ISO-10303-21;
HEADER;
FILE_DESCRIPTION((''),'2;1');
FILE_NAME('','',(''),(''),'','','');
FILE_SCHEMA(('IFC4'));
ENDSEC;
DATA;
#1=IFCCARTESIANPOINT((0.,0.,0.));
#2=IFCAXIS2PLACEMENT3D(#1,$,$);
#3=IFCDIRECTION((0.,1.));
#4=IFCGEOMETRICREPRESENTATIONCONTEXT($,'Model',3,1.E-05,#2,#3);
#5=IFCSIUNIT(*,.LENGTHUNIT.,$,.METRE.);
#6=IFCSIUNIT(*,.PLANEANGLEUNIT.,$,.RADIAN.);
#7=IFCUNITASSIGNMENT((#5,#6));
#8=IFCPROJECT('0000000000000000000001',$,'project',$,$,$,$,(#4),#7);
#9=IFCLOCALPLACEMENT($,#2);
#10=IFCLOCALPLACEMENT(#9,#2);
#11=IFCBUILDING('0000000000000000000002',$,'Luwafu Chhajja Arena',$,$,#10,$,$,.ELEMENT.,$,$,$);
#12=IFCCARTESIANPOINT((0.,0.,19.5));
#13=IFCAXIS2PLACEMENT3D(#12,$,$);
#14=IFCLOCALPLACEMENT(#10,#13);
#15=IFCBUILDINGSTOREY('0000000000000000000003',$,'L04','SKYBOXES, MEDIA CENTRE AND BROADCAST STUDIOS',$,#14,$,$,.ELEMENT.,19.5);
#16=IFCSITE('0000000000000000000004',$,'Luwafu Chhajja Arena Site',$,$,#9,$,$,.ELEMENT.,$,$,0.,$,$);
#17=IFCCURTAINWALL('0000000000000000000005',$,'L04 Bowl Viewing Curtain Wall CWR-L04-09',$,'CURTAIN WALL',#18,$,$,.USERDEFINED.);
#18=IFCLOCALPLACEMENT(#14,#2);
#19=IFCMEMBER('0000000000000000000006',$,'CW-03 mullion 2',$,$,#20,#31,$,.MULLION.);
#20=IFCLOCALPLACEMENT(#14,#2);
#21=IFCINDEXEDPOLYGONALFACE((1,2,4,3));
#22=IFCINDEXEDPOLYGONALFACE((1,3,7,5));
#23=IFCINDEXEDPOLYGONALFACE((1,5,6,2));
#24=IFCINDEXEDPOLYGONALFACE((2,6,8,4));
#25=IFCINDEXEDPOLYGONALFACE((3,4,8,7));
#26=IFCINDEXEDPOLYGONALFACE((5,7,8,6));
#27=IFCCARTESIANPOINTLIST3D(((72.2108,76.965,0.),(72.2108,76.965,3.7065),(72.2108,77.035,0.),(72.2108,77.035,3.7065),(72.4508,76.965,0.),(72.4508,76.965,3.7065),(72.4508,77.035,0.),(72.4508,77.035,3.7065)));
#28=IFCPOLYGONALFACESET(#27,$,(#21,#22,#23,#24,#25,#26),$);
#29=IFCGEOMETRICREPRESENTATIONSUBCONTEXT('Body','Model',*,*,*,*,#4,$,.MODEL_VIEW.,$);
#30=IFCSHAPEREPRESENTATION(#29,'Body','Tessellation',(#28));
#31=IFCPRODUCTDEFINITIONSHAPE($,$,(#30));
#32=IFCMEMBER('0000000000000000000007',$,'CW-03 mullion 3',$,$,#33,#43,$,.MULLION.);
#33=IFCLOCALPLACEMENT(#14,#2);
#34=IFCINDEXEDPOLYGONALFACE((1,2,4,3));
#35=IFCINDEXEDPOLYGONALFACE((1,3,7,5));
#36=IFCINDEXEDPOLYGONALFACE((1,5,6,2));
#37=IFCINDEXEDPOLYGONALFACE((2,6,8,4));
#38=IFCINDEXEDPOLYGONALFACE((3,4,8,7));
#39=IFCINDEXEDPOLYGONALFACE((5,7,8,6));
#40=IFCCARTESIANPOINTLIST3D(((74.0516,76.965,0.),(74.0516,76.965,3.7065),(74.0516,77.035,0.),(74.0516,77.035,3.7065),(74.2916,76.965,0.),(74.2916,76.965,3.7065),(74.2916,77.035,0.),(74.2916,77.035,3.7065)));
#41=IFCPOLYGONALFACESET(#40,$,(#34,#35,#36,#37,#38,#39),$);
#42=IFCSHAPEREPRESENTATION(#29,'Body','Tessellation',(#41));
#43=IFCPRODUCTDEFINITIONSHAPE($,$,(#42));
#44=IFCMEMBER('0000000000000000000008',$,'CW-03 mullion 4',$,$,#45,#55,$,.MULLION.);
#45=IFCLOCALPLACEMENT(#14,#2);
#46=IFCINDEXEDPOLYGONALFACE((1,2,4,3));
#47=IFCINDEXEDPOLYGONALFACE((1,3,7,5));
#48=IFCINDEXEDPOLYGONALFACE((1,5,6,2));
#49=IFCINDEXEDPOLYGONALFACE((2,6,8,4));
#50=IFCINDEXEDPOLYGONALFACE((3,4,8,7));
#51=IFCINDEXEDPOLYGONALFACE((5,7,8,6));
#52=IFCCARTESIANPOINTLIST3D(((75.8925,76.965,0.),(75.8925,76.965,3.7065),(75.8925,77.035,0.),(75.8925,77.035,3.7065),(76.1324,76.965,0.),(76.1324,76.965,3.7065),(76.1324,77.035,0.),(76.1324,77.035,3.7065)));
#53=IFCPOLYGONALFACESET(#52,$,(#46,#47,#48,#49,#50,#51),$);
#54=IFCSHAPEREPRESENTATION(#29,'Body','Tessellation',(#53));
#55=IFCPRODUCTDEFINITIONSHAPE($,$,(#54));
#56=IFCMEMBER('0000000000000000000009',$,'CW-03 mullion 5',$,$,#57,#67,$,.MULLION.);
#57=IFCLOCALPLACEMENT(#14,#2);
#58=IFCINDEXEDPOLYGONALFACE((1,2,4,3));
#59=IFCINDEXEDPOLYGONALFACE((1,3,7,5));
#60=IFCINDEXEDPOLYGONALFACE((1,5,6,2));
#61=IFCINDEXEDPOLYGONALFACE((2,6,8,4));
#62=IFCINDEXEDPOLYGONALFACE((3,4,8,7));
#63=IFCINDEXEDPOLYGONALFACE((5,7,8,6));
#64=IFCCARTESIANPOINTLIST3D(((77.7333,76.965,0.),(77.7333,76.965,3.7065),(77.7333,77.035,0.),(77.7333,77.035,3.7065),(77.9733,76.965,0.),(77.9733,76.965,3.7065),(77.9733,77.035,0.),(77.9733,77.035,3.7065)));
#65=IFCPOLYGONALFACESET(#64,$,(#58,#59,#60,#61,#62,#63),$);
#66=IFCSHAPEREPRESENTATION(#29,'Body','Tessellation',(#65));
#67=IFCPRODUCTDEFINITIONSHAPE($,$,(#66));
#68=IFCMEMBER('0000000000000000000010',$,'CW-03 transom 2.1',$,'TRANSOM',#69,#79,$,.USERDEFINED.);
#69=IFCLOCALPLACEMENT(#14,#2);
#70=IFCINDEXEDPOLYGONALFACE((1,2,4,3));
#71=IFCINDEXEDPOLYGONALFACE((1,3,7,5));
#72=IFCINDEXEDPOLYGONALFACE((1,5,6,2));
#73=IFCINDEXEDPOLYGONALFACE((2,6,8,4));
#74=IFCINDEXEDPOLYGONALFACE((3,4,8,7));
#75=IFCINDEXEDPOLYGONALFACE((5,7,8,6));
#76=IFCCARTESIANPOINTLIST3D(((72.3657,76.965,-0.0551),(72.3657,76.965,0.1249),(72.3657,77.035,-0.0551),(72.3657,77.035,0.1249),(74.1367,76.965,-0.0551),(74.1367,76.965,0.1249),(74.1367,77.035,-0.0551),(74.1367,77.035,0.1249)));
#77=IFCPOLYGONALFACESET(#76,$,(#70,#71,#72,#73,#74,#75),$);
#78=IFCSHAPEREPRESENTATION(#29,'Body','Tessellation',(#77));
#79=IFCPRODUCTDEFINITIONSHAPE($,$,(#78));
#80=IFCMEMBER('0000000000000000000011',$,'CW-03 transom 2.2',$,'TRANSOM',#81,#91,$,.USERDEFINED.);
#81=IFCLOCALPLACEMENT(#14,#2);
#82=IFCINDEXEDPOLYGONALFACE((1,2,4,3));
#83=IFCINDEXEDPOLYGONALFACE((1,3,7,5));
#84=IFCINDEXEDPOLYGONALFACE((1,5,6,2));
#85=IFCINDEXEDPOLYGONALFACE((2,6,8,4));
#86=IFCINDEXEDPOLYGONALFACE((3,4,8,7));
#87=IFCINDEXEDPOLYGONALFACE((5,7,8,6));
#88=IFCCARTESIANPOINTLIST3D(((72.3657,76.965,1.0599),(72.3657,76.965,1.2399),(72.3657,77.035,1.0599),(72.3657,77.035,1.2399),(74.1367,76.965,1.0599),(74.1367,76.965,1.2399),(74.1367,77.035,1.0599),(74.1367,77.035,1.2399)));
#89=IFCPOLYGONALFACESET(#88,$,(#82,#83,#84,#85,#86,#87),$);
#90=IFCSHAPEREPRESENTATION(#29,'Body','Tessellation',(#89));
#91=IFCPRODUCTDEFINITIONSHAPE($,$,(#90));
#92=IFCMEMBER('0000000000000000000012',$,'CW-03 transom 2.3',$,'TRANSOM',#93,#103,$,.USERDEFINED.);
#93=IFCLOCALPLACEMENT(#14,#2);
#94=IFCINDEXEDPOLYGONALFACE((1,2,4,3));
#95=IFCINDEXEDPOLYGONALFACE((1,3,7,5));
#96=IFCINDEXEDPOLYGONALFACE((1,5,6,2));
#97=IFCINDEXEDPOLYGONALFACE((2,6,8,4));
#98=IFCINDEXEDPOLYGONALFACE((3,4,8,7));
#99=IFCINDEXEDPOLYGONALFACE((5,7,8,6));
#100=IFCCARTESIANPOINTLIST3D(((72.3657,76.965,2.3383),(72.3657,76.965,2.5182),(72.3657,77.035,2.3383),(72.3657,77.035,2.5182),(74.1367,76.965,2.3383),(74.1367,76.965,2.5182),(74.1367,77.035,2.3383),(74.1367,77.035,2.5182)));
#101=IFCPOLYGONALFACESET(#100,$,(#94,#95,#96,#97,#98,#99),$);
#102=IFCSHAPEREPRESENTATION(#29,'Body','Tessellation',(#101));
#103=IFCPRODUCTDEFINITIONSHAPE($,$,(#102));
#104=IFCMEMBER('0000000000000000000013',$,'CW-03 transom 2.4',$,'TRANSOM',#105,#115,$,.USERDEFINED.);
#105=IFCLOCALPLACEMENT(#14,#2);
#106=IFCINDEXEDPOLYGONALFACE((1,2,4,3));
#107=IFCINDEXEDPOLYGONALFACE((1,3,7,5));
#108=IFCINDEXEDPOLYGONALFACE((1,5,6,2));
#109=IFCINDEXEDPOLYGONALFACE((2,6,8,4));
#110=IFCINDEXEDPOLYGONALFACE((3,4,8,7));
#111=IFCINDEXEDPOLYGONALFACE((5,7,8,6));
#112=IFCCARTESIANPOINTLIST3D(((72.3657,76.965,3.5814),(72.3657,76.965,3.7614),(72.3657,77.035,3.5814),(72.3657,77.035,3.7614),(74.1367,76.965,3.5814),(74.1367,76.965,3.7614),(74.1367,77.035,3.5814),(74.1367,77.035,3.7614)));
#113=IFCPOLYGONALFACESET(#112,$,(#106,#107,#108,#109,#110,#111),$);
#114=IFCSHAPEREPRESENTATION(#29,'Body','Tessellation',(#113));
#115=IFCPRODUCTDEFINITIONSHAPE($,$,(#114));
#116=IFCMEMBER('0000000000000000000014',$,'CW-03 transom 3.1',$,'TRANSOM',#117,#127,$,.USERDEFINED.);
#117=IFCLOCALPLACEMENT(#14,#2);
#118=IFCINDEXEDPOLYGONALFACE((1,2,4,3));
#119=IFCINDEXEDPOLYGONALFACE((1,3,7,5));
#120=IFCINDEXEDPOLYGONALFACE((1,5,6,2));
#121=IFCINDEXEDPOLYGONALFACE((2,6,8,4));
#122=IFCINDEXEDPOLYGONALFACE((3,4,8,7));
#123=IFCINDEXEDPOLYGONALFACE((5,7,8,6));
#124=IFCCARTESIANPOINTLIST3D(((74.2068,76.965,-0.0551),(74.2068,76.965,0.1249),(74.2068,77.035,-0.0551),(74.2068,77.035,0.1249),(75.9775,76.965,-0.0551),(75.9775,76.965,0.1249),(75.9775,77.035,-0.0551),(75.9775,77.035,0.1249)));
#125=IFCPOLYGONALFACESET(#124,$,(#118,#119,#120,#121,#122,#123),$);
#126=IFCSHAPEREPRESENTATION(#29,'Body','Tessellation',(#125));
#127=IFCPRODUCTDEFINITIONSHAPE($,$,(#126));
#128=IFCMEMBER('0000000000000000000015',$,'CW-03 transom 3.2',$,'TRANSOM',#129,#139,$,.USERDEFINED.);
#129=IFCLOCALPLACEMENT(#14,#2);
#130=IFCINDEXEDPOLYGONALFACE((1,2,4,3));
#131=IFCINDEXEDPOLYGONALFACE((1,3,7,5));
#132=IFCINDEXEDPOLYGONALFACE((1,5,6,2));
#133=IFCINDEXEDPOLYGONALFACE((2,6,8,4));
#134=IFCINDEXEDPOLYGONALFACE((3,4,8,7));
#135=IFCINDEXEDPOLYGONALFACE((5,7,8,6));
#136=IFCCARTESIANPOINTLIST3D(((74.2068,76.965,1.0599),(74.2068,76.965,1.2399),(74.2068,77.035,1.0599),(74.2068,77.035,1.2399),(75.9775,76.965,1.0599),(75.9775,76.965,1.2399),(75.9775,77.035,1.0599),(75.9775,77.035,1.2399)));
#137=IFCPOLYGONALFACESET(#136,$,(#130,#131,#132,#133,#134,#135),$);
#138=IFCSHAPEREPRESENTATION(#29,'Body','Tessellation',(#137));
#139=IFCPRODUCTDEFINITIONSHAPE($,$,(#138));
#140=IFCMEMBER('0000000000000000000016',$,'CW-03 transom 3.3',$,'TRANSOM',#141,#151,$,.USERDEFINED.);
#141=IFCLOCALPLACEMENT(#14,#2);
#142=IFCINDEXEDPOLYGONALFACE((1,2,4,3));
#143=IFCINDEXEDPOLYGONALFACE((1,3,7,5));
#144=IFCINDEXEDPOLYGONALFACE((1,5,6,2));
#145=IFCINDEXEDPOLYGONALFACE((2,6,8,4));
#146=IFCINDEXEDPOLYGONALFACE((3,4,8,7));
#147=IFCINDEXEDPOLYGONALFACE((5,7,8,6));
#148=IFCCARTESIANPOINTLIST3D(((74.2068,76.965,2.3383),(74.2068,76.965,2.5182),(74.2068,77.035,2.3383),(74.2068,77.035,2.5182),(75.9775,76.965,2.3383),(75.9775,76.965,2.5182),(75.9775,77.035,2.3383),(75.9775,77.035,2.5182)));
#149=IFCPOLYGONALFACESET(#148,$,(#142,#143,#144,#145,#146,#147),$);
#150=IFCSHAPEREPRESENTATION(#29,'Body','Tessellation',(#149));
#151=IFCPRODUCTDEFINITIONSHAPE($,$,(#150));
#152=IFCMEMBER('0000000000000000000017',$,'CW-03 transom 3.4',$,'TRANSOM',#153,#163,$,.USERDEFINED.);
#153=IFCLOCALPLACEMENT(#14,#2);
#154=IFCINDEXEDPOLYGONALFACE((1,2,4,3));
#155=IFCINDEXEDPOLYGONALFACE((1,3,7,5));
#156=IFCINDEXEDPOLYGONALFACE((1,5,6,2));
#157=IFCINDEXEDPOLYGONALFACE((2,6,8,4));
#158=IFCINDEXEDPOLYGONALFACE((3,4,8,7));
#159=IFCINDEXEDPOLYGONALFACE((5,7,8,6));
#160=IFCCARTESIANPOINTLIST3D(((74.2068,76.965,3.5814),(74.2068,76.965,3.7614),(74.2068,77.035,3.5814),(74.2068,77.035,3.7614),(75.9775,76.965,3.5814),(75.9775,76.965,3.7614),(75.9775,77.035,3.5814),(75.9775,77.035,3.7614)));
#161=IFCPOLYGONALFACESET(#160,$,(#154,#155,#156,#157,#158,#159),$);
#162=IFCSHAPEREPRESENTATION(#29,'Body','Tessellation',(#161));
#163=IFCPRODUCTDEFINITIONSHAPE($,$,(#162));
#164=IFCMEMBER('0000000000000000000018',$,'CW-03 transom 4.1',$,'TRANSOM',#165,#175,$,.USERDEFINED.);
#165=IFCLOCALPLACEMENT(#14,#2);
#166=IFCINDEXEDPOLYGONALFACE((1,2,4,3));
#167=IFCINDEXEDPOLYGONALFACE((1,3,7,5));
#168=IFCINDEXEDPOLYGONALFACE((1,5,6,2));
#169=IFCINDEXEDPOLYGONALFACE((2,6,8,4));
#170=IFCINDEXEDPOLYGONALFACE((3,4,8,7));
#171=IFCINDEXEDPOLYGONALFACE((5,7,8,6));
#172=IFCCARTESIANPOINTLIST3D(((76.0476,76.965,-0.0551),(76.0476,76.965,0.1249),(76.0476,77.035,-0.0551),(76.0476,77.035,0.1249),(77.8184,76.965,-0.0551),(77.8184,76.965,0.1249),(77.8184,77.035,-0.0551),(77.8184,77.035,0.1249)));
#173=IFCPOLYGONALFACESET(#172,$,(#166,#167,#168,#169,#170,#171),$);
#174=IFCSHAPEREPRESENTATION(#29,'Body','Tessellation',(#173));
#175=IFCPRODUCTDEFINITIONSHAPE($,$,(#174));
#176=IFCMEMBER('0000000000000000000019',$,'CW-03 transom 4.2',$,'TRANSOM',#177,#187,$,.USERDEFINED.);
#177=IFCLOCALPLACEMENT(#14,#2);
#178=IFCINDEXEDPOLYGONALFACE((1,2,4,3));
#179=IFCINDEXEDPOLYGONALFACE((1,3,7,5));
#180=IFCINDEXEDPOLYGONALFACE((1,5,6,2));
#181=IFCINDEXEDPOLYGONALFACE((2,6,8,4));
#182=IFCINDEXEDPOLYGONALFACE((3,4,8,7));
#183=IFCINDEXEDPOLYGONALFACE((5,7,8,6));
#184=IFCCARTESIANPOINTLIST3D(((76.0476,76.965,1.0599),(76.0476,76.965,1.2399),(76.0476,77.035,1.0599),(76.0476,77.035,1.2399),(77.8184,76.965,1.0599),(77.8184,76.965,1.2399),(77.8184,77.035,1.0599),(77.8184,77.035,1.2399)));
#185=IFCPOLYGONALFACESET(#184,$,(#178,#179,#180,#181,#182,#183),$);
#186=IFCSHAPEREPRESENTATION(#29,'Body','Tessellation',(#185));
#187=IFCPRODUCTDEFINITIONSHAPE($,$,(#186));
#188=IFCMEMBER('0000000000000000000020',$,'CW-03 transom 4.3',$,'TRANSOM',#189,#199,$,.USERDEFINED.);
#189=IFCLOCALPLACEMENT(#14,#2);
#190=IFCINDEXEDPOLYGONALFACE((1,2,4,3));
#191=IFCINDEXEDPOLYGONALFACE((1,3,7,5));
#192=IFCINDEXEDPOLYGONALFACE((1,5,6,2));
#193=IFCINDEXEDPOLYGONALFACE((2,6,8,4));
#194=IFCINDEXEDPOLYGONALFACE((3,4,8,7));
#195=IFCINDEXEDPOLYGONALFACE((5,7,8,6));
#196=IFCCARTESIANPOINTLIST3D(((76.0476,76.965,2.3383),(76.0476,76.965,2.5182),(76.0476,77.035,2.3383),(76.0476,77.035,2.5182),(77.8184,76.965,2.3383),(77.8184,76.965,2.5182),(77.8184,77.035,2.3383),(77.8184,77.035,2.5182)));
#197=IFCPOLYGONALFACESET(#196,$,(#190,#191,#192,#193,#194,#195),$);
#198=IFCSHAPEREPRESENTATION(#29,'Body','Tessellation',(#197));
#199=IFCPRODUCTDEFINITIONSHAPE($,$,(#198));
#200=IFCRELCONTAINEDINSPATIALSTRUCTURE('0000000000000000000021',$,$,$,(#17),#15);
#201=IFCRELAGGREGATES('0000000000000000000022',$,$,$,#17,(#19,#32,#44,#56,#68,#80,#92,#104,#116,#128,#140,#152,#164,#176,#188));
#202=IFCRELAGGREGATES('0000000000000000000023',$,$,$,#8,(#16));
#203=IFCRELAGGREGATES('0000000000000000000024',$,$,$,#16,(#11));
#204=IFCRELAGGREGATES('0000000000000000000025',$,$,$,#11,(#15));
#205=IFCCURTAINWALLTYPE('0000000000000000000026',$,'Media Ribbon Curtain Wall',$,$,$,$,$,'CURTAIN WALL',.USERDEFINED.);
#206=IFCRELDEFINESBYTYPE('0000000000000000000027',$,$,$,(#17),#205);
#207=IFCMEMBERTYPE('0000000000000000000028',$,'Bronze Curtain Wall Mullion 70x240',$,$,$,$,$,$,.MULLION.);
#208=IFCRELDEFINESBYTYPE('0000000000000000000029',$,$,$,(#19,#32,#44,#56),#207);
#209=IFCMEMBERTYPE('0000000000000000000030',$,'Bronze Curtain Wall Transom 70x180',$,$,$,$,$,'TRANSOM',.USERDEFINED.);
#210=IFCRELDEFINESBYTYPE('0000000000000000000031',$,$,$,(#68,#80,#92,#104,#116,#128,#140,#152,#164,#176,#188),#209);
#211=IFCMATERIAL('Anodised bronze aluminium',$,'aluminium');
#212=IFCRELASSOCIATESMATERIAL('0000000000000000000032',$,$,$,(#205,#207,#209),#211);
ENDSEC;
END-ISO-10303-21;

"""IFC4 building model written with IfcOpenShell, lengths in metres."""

from ifc_helpers import new_model, si_unit, direction, frame, origin, origin_2d, place, context, subcontext, project, spatial, rectangle, extrude, material, material_profile, profile_set, type_object, element, aggregate, save


model = new_model("IFC4")

# Units and contexts
model_context = context("Model", 3, precision=1e-05, world=origin(), true_north=direction((0.0, 1.0)))
body_context = subcontext(model_context, "Body", "Model", "MODEL_VIEW")
ifc_project = project(units=[si_unit("LENGTHUNIT", "METRE"), si_unit("PLANEANGLEUNIT", "RADIAN")], contexts=[model_context])

# Site, building, storey
site_placement = place(None, origin())
site = spatial("IfcSite", under=ifc_project, at=site_placement, Name="Luwafu Chhajja Arena Site", CompositionType="ELEMENT", RefElevation=0.0)
building_placement = place(site_placement, origin())
building = spatial("IfcBuilding", under=site, at=building_placement, Name="Luwafu Chhajja Arena", CompositionType="ELEMENT")
storey_placement = place(building_placement, frame((0.0, 0.0, 19.5)))
storey = spatial("IfcBuildingStorey", under=building, at=storey_placement, Name="L04", Description="SKYBOXES, MEDIA CENTRE AND BROADCAST STUDIOS", CompositionType="ELEMENT", Elevation=19.5)

# Curtain wall, members
ifc_material_1 = material(Name="Anodised bronze aluminium", Category="aluminium")
curtain_wall_type = type_object("IfcCurtainWallType", Name="Media Ribbon Curtain Wall", ElementType="CURTAIN WALL", PredefinedType="USERDEFINED", material=ifc_material_1)
curtain_wall_placement = place(storey_placement, origin())
curtain_wall = element("IfcCurtainWall", 1, at=curtain_wall_placement, inside=storey, type_object=curtain_wall_type, Name="L04 Bowl Viewing Curtain Wall CWR-L04-09", ObjectType="CURTAIN WALL", PredefinedType="USERDEFINED")
ifc_material_profile_1 = material_profile(ifc_material_1, rectangle(XDim=0.0701, YDim=0.24, at=origin_2d()), Name="CWM 70x240")
ifc_profile_set_1 = profile_set([ifc_material_profile_1], Name="Anodised bronze aluminium")
member_type_1 = type_object("IfcMemberType", Name="Bronze Curtain Wall Mullion 70x240", PredefinedType="MULLION", material=ifc_profile_set_1)
member_1_placement = place(storey_placement, frame((72.3308, 77.0, 0.0), z_axis=(0.0, 0.0, 1.0), x_axis=(0.0, 1.0, 0.0)))
member_1 = element("IfcMember", 2, at=member_1_placement, type_object=member_type_1, Name="CW-03 mullion 2", PredefinedType="MULLION", context=body_context, shape_type="SweptSolid", body=[
    extrude(rectangle(XDim=0.0701, YDim=0.24, at=origin_2d()), origin(), (0.0, 0.0, 1.0), 3.7065),
])
member_2_placement = place(storey_placement, frame((74.1716, 77.0, 0.0), z_axis=(0.0, 0.0, 1.0), x_axis=(0.0, 1.0, 0.0)))
member_2 = element("IfcMember", 3, at=member_2_placement, type_object=member_type_1, Name="CW-03 mullion 3", PredefinedType="MULLION", context=body_context, shape_type="SweptSolid", body=[
    extrude(rectangle(XDim=0.0701, YDim=0.24, at=origin_2d()), origin(), (0.0, 0.0, 1.0), 3.7065),
])
member_3_placement = place(storey_placement, frame((76.0125, 77.0, 0.0), z_axis=(0.0, 0.0, 1.0), x_axis=(0.0, 1.0, 0.0)))
member_3 = element("IfcMember", 4, at=member_3_placement, type_object=member_type_1, Name="CW-03 mullion 4", PredefinedType="MULLION", context=body_context, shape_type="SweptSolid", body=[
    extrude(rectangle(XDim=0.0701, YDim=0.24, at=origin_2d()), origin(), (0.0, 0.0, 1.0), 3.7065),
])
member_4_placement = place(storey_placement, frame((77.8533, 77.0, 0.0), z_axis=(0.0, 0.0, 1.0), x_axis=(0.0, 1.0, 0.0)))
member_4 = element("IfcMember", 5, at=member_4_placement, type_object=member_type_1, Name="CW-03 mullion 5", PredefinedType="MULLION", context=body_context, shape_type="SweptSolid", body=[
    extrude(rectangle(XDim=0.0701, YDim=0.24, at=origin_2d()), origin(), (0.0, 0.0, 1.0), 3.7065),
])
ifc_material_profile_2 = material_profile(ifc_material_1, rectangle(XDim=0.0701, YDim=0.1799, at=origin_2d()), Name="CWT 70x180")
ifc_profile_set_2 = profile_set([ifc_material_profile_2], Name="Anodised bronze aluminium")
member_type_2 = type_object("IfcMemberType", Name="Bronze Curtain Wall Transom 70x180", ElementType="TRANSOM", PredefinedType="USERDEFINED", material=ifc_profile_set_2)
member_5_placement = place(storey_placement, frame((72.3657, 77.0, 0.0349), z_axis=(1.0, 0.0, 0.0), x_axis=(0.0, 1.0, 0.0)))
member_5 = element("IfcMember", 6, at=member_5_placement, type_object=member_type_2, Name="CW-03 transom 2.1", ObjectType="TRANSOM", PredefinedType="USERDEFINED", context=body_context, shape_type="SweptSolid", body=[
    extrude(rectangle(XDim=0.0701, YDim=0.1799, at=origin_2d()), origin(), (0.0, 0.0, 1.0), 1.771),
])
member_6_placement = place(storey_placement, frame((72.3657, 77.0, 1.1499), z_axis=(1.0, 0.0, 0.0), x_axis=(0.0, 1.0, 0.0)))
member_6 = element("IfcMember", 7, at=member_6_placement, type_object=member_type_2, Name="CW-03 transom 2.2", ObjectType="TRANSOM", PredefinedType="USERDEFINED", context=body_context, shape_type="SweptSolid", body=[
    extrude(rectangle(XDim=0.0701, YDim=0.1799, at=origin_2d()), origin(), (0.0, 0.0, 1.0), 1.771),
])
member_7_placement = place(storey_placement, frame((72.3657, 77.0, 2.4282), z_axis=(1.0, 0.0, 0.0), x_axis=(0.0, 1.0, 0.0)))
member_7 = element("IfcMember", 8, at=member_7_placement, type_object=member_type_2, Name="CW-03 transom 2.3", ObjectType="TRANSOM", PredefinedType="USERDEFINED", context=body_context, shape_type="SweptSolid", body=[
    extrude(rectangle(XDim=0.0701, YDim=0.1799, at=origin_2d()), origin(), (0.0, 0.0, 1.0), 1.771),
])
member_8_placement = place(storey_placement, frame((72.3657, 77.0, 3.6714), z_axis=(1.0, 0.0, 0.0), x_axis=(0.0, 1.0, 0.0)))
member_8 = element("IfcMember", 9, at=member_8_placement, type_object=member_type_2, Name="CW-03 transom 2.4", ObjectType="TRANSOM", PredefinedType="USERDEFINED", context=body_context, shape_type="SweptSolid", body=[
    extrude(rectangle(XDim=0.0701, YDim=0.1799, at=origin_2d()), origin(), (0.0, 0.0, 1.0), 1.771),
])
member_9_placement = place(storey_placement, frame((74.2068, 77.0, 0.0349), z_axis=(1.0, 0.0, 0.0), x_axis=(0.0, 1.0, 0.0)))
member_9 = element("IfcMember", 10, at=member_9_placement, type_object=member_type_2, Name="CW-03 transom 3.1", ObjectType="TRANSOM", PredefinedType="USERDEFINED", context=body_context, shape_type="SweptSolid", body=[
    extrude(rectangle(XDim=0.0701, YDim=0.1799, at=origin_2d()), origin(), (0.0, 0.0, 1.0), 1.7708),
])
member_10_placement = place(storey_placement, frame((74.2068, 77.0, 1.1499), z_axis=(1.0, 0.0, 0.0), x_axis=(0.0, 1.0, 0.0)))
member_10 = element("IfcMember", 11, at=member_10_placement, type_object=member_type_2, Name="CW-03 transom 3.2", ObjectType="TRANSOM", PredefinedType="USERDEFINED", context=body_context, shape_type="SweptSolid", body=[
    extrude(rectangle(XDim=0.0701, YDim=0.1799, at=origin_2d()), origin(), (0.0, 0.0, 1.0), 1.7708),
])
member_11_placement = place(storey_placement, frame((74.2068, 77.0, 2.4282), z_axis=(1.0, 0.0, 0.0), x_axis=(0.0, 1.0, 0.0)))
member_11 = element("IfcMember", 12, at=member_11_placement, type_object=member_type_2, Name="CW-03 transom 3.3", ObjectType="TRANSOM", PredefinedType="USERDEFINED", context=body_context, shape_type="SweptSolid", body=[
    extrude(rectangle(XDim=0.0701, YDim=0.1799, at=origin_2d()), origin(), (0.0, 0.0, 1.0), 1.7708),
])
member_12_placement = place(storey_placement, frame((74.2068, 77.0, 3.6714), z_axis=(1.0, 0.0, 0.0), x_axis=(0.0, 1.0, 0.0)))
member_12 = element("IfcMember", 13, at=member_12_placement, type_object=member_type_2, Name="CW-03 transom 3.4", ObjectType="TRANSOM", PredefinedType="USERDEFINED", context=body_context, shape_type="SweptSolid", body=[
    extrude(rectangle(XDim=0.0701, YDim=0.1799, at=origin_2d()), origin(), (0.0, 0.0, 1.0), 1.7708),
])
member_13_placement = place(storey_placement, frame((76.0476, 77.0, 0.0349), z_axis=(1.0, 0.0, 0.0), x_axis=(0.0, 1.0, 0.0)))
member_13 = element("IfcMember", 14, at=member_13_placement, type_object=member_type_2, Name="CW-03 transom 4.1", ObjectType="TRANSOM", PredefinedType="USERDEFINED", context=body_context, shape_type="SweptSolid", body=[
    extrude(rectangle(XDim=0.0701, YDim=0.1799, at=origin_2d()), origin(), (0.0, 0.0, 1.0), 1.7708),
])
member_14_placement = place(storey_placement, frame((76.0476, 77.0, 1.1499), z_axis=(1.0, 0.0, 0.0), x_axis=(0.0, 1.0, 0.0)))
member_14 = element("IfcMember", 15, at=member_14_placement, type_object=member_type_2, Name="CW-03 transom 4.2", ObjectType="TRANSOM", PredefinedType="USERDEFINED", context=body_context, shape_type="SweptSolid", body=[
    extrude(rectangle(XDim=0.0701, YDim=0.1799, at=origin_2d()), origin(), (0.0, 0.0, 1.0), 1.7708),
])
member_15_placement = place(storey_placement, frame((76.0476, 77.0, 2.4282), z_axis=(1.0, 0.0, 0.0), x_axis=(0.0, 1.0, 0.0)))
member_15 = element("IfcMember", 16, at=member_15_placement, type_object=member_type_2, Name="CW-03 transom 4.3", ObjectType="TRANSOM", PredefinedType="USERDEFINED", context=body_context, shape_type="SweptSolid", body=[
    extrude(rectangle(XDim=0.0701, YDim=0.1799, at=origin_2d()), origin(), (0.0, 0.0, 1.0), 1.7708),
])
aggregate(curtain_wall, [member_1, member_2, member_3, member_4, member_5, member_6, member_7, member_8, member_9, member_10, member_11, member_12, member_13, member_14, member_15])

save(model, "model.ifc")
